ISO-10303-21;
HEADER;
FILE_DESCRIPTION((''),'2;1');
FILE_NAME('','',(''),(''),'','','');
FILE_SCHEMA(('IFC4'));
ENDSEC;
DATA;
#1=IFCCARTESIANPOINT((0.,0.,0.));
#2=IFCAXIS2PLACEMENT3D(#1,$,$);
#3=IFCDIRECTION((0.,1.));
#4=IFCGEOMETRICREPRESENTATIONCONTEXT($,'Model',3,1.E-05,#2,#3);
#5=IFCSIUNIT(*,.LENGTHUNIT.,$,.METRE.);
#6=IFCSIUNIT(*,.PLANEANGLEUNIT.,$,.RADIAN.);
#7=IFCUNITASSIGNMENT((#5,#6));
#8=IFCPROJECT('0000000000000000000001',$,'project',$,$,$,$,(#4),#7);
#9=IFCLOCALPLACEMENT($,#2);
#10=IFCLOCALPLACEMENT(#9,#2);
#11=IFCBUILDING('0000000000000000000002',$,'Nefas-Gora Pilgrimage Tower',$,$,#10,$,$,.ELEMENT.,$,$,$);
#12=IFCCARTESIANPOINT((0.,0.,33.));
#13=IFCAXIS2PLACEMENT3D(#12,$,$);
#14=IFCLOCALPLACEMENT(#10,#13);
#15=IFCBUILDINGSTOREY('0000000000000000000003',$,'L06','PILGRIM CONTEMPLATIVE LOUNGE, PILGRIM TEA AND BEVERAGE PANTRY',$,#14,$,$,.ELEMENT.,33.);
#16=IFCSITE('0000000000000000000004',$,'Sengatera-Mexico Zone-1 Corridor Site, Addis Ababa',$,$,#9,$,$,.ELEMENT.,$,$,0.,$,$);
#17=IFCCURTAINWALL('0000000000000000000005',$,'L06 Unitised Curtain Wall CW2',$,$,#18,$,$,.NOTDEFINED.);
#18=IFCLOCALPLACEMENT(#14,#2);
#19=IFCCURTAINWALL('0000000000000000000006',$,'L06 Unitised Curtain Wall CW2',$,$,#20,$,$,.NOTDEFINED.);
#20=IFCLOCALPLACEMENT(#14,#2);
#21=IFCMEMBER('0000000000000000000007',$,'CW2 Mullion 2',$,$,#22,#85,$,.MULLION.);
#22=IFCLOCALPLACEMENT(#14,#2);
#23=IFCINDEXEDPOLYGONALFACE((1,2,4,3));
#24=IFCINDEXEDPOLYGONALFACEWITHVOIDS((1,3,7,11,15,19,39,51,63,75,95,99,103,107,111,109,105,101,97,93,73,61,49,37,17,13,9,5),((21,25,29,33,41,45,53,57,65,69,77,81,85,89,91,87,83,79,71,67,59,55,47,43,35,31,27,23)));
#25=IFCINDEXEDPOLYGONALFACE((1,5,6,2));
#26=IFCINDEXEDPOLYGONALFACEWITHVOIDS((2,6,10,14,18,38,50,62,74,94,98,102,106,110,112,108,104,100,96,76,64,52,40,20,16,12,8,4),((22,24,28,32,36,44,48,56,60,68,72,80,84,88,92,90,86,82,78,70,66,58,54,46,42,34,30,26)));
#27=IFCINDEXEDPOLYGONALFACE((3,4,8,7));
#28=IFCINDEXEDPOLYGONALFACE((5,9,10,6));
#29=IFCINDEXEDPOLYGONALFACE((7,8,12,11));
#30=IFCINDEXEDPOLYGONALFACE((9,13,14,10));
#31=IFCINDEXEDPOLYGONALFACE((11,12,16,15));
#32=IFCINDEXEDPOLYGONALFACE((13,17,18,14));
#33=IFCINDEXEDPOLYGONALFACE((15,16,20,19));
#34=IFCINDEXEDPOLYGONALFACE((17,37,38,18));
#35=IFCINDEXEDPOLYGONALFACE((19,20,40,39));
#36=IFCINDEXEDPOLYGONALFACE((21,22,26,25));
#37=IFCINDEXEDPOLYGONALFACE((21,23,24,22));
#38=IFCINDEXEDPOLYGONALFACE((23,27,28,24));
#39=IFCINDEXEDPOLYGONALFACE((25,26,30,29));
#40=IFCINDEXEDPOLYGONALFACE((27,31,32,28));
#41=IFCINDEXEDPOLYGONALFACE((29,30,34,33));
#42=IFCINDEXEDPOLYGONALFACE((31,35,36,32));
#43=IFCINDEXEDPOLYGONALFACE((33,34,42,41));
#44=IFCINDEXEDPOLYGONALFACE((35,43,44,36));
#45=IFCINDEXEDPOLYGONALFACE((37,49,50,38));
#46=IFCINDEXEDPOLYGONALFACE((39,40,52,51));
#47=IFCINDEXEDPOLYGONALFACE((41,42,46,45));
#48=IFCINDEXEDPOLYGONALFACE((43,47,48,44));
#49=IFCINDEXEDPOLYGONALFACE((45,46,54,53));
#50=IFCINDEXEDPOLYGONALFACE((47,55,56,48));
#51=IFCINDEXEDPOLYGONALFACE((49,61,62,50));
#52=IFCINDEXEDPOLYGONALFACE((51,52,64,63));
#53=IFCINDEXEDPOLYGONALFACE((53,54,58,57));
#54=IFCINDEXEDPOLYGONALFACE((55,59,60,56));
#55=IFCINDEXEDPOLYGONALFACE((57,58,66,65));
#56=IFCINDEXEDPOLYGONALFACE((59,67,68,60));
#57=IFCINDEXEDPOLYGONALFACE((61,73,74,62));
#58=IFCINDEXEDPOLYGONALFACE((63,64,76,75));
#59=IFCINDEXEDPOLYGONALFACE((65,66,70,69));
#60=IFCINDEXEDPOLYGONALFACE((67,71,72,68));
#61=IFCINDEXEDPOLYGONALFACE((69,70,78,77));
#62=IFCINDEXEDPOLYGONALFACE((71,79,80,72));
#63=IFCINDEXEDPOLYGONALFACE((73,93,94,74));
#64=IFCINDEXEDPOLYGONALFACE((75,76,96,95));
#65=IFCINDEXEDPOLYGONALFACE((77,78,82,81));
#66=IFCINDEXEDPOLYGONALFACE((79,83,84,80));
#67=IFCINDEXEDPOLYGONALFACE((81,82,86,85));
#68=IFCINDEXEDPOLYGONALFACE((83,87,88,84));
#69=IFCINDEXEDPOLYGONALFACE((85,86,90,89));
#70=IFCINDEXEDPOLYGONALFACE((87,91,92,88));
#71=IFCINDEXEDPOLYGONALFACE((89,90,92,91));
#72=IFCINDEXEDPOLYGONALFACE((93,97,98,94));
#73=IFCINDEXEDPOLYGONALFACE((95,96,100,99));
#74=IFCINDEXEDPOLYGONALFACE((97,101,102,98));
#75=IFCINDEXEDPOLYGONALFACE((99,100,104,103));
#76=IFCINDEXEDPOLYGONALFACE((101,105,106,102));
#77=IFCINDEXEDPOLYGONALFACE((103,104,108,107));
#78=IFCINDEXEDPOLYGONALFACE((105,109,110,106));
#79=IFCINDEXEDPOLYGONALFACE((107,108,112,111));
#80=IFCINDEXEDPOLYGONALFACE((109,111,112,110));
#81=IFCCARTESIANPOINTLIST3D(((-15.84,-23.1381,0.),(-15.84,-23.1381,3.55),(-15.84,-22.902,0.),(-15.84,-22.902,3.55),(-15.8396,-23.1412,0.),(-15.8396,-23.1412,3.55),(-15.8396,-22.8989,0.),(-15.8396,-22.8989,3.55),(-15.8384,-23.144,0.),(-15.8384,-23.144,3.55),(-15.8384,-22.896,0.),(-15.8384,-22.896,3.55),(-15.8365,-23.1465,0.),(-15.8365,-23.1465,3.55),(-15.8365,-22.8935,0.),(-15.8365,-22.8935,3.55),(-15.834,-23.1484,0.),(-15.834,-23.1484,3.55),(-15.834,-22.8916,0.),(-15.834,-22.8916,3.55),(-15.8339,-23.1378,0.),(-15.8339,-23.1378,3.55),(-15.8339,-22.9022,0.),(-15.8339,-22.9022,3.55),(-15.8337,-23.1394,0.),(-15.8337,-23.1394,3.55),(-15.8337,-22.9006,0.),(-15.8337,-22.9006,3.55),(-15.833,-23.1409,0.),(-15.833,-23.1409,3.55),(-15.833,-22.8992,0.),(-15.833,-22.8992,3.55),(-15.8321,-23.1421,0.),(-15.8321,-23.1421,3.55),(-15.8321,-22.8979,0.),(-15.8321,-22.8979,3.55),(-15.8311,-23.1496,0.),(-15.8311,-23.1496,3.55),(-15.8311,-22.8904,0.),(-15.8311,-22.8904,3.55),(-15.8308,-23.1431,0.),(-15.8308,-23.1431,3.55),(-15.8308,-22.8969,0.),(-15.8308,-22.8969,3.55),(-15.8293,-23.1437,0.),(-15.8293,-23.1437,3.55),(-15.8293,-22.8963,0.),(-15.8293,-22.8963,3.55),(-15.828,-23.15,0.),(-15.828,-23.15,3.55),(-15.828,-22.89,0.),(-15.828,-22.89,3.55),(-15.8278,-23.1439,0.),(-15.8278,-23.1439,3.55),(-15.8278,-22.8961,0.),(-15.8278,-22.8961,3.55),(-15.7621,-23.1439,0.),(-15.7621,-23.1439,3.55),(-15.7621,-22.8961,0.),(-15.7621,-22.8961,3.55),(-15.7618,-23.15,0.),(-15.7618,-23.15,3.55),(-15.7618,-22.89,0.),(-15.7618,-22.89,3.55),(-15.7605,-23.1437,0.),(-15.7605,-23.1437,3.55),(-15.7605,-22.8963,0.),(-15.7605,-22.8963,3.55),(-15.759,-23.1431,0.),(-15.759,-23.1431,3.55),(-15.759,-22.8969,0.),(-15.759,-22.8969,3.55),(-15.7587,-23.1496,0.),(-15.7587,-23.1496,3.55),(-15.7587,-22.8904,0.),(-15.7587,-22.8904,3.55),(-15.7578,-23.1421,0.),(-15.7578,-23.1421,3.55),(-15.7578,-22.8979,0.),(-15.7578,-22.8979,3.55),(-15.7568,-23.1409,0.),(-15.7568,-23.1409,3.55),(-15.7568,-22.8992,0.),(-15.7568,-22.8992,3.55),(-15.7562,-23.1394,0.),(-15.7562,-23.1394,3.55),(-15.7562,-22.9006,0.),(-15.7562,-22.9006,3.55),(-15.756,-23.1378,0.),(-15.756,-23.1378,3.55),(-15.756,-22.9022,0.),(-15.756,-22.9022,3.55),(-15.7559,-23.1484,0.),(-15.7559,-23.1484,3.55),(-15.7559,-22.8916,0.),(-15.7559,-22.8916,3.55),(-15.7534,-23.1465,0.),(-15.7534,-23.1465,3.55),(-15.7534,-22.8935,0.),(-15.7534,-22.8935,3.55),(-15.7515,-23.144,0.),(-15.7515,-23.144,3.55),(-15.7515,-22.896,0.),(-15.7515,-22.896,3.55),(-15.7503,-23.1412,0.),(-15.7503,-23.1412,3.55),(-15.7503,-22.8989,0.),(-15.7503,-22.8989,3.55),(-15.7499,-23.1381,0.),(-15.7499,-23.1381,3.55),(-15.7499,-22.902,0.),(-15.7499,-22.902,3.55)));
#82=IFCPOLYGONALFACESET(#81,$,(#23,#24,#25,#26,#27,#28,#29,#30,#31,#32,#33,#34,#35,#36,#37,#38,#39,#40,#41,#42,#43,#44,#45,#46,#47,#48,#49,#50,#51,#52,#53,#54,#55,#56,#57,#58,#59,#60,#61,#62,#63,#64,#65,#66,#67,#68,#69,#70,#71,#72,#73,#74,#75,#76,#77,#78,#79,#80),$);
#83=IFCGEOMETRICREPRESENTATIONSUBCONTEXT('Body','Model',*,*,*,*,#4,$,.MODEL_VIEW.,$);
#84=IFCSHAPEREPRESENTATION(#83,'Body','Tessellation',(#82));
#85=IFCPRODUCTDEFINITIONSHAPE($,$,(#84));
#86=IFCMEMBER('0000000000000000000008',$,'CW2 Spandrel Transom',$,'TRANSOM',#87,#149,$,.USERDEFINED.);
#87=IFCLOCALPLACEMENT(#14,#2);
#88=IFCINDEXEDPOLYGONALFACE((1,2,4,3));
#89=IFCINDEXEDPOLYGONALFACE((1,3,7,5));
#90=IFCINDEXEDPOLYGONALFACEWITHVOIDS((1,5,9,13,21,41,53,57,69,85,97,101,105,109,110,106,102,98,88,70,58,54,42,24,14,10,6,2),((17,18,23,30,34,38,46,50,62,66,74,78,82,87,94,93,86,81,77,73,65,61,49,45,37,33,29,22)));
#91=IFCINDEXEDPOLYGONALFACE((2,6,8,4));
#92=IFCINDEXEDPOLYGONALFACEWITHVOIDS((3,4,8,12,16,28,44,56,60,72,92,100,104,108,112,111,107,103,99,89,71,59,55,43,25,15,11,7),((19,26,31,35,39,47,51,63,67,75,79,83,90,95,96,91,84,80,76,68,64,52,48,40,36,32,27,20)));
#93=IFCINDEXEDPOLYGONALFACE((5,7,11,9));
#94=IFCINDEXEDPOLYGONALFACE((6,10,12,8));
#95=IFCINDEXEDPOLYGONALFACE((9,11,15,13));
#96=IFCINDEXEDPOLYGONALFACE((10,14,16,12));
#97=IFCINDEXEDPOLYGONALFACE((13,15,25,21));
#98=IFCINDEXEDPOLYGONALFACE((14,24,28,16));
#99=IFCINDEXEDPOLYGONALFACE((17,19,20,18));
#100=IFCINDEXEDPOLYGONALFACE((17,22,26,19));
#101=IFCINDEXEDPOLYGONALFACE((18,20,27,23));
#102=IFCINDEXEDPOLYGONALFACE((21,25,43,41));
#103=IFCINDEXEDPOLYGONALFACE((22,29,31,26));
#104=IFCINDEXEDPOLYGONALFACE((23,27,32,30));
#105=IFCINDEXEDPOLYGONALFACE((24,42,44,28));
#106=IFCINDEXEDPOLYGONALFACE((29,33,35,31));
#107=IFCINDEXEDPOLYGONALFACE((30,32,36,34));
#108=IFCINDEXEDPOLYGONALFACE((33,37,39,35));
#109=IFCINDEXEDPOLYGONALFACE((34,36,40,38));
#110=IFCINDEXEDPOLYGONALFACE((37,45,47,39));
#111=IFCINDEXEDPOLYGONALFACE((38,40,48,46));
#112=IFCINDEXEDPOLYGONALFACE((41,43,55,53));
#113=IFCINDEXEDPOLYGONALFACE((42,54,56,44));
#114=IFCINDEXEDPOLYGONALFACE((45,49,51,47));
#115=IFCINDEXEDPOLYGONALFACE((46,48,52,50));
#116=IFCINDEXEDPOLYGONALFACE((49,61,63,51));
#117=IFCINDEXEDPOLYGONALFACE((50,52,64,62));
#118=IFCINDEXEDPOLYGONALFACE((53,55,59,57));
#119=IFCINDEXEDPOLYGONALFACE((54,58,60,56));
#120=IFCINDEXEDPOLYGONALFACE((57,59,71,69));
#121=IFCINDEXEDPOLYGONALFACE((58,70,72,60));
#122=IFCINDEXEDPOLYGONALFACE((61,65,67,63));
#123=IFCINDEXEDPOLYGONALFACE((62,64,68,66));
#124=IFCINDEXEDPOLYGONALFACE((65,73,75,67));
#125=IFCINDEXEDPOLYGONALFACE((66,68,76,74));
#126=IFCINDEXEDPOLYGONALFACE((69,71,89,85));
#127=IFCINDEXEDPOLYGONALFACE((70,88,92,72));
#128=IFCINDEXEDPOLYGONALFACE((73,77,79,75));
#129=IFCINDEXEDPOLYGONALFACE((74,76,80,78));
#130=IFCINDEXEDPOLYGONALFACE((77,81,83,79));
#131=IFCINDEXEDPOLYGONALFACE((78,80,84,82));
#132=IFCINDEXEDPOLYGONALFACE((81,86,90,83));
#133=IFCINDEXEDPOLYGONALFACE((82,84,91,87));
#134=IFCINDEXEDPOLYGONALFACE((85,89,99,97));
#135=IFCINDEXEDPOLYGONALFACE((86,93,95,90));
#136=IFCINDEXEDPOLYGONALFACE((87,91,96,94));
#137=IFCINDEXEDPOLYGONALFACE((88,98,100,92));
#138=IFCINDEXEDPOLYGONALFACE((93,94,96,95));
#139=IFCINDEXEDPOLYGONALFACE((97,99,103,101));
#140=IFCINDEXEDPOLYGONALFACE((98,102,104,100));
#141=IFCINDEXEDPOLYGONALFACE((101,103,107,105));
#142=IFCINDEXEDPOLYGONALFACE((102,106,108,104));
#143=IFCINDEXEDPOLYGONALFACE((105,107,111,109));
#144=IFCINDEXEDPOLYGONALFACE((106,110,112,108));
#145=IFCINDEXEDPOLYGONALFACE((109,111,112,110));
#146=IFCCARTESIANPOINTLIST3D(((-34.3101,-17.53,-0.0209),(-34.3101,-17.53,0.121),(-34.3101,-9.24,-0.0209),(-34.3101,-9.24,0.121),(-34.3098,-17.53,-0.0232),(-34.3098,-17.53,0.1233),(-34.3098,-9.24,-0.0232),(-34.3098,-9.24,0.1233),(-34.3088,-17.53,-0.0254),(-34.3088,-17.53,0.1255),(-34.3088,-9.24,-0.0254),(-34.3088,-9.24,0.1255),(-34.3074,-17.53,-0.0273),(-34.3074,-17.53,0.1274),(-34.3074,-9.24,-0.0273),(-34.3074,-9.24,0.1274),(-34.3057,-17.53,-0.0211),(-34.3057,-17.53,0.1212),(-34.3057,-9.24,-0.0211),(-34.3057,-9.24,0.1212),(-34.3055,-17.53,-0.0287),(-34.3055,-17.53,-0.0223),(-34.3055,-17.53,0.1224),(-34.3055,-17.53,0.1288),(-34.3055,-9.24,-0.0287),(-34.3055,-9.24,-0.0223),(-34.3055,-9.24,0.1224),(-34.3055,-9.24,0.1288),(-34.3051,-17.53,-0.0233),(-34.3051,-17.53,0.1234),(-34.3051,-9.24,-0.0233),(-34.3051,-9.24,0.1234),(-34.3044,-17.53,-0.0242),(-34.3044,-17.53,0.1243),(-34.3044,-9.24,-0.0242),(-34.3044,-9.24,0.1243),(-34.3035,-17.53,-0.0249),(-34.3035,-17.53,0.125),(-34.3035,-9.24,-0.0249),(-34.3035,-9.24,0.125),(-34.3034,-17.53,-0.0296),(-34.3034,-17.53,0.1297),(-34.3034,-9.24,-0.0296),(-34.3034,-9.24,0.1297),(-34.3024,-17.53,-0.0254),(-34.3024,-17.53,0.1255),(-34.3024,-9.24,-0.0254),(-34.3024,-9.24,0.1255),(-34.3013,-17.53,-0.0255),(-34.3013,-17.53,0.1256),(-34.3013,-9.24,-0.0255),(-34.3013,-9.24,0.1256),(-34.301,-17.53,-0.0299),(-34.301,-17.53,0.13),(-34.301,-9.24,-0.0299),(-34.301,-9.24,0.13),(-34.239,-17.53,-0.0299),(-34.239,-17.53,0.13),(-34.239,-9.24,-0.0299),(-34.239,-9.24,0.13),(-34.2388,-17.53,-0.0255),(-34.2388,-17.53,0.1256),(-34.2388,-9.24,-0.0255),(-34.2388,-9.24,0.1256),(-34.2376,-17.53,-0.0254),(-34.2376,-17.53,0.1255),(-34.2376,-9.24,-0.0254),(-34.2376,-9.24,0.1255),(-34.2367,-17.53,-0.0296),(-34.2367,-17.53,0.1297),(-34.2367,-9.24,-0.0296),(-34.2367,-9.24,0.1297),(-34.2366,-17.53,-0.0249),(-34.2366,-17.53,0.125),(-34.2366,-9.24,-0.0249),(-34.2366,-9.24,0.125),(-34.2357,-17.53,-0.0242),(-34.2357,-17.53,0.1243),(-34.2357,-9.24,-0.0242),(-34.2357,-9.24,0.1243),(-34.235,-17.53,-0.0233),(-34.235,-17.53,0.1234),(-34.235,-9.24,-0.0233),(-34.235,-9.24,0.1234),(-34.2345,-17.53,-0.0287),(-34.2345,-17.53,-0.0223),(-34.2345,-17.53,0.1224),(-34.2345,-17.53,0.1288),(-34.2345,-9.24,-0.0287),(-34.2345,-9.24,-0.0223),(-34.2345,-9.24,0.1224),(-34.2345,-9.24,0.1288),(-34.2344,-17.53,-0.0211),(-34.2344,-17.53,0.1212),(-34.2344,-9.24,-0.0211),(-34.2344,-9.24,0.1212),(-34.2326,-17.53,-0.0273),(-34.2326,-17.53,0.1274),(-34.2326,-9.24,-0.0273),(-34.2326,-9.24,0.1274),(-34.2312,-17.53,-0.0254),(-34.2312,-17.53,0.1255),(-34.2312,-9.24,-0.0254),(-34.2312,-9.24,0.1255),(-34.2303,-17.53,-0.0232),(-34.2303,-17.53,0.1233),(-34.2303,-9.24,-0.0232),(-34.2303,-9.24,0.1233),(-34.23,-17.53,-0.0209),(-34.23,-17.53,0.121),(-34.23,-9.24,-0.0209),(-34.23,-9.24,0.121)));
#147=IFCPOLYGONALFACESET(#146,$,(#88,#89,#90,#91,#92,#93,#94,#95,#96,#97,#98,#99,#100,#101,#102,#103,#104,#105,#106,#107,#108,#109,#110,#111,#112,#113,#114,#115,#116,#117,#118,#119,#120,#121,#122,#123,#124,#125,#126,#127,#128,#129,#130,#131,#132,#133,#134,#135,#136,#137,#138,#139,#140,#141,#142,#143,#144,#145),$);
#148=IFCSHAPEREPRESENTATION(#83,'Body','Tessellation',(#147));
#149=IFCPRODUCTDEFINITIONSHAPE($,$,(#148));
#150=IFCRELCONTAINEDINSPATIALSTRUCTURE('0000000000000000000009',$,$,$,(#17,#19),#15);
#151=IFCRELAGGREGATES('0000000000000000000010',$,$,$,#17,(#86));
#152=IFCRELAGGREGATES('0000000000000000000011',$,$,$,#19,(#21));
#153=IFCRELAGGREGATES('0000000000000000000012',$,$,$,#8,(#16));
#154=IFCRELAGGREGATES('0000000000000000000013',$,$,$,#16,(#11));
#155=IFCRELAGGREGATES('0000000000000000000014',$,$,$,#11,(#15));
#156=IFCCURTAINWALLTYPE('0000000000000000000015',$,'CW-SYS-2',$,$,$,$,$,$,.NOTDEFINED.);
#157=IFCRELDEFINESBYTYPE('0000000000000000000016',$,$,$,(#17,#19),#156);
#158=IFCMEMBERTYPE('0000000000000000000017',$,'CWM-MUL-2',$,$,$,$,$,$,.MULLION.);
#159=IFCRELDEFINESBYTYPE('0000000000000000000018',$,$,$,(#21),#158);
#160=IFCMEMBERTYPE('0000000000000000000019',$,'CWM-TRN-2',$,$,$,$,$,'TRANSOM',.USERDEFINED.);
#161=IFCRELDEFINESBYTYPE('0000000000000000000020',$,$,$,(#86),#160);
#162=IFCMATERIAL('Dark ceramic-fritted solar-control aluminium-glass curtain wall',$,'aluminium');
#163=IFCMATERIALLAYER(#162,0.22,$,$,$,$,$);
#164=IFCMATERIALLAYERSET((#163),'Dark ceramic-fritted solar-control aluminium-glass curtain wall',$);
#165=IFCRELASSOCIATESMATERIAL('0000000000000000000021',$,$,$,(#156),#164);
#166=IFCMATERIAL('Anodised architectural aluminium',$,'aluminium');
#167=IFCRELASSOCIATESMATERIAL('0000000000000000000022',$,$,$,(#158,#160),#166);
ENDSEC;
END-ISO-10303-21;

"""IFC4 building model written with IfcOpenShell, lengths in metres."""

from ifc_helpers import new_model, si_unit, direction, frame, origin, origin_2d, place, context, subcontext, project, spatial, hollow_rectangle, extrude, source, transform, mapped, material, layer, layer_set, material_profile, profile_set, type_object, element, aggregate, save


model = new_model("IFC4")

# Units and contexts
model_context = context("Model", 3, precision=1e-05, world=origin(), true_north=direction((0.0, 1.0)))
body_context = subcontext(model_context, "Body", "Model", "MODEL_VIEW")
ifc_project = project(units=[si_unit("LENGTHUNIT", "METRE"), si_unit("PLANEANGLEUNIT", "RADIAN")], contexts=[model_context])

# Site, building, storey
site_placement = place(None, origin())
site = spatial("IfcSite", under=ifc_project, at=site_placement, Name="Sengatera-Mexico Zone-1 Corridor Site, Addis Ababa", CompositionType="ELEMENT", RefElevation=0.0)
building_placement = place(site_placement, origin())
building = spatial("IfcBuilding", under=site, at=building_placement, Name="Nefas-Gora Pilgrimage Tower", CompositionType="ELEMENT")
storey_placement = place(building_placement, frame((0.0, 0.0, 33.0)))
storey = spatial("IfcBuildingStorey", under=building, at=storey_placement, Name="L06", Description="PILGRIM CONTEMPLATIVE LOUNGE, PILGRIM TEA AND BEVERAGE PANTRY", CompositionType="ELEMENT", Elevation=33.0)

# Shared definitions
ifc_material_1 = material(Name="Dark ceramic-fritted solar-control aluminium-glass curtain wall", Category="aluminium")
ifc_material_2 = material(Name="Anodised architectural aluminium", Category="aluminium")

# Curtain wall
ifc_layer_1 = layer(ifc_material_1, 0.22)
ifc_layer_set_1 = layer_set([ifc_layer_1], Name="Dark ceramic-fritted solar-control aluminium-glass curtain wall")
curtain_wall_type_1 = type_object("IfcCurtainWallType", Name="CW-SYS-2", PredefinedType="NOTDEFINED", material=ifc_layer_set_1)
curtain_wall_1_placement = place(storey_placement, origin())
curtain_wall_1 = element("IfcCurtainWall", 1, at=curtain_wall_1_placement, inside=storey, type_object=curtain_wall_type_1, Name="L06 Unitised Curtain Wall CW2", PredefinedType="NOTDEFINED")
ifc_material_profile_1 = material_profile(ifc_material_2, hollow_rectangle(XDim=0.0901, YDim=0.26, WallThickness=0.0061, InnerFilletRadius=0.0061, OuterFilletRadius=0.012, at=origin_2d()), Name="ALU MULLION 90x260")
ifc_profile_set_1 = profile_set([ifc_material_profile_1], Name="Anodised architectural aluminium")
member_type_1 = type_object("IfcMemberType", Name="CWM-MUL-2", PredefinedType="MULLION", material=ifc_profile_set_1)
shared_shape_1 = source(origin(), body_context, "Body", "SweptSolid", [
    extrude(hollow_rectangle(XDim=0.0901, YDim=0.26, WallThickness=0.0061, InnerFilletRadius=0.0061, OuterFilletRadius=0.012, at=origin_2d()), origin(), (0.0, 0.0, 1.0), 3.55),
])

# Curtain wall, member
curtain_wall_2_placement = place(storey_placement, origin())
curtain_wall_2 = element("IfcCurtainWall", 2, at=curtain_wall_2_placement, inside=storey, type_object=curtain_wall_type_1, Name="L06 Unitised Curtain Wall CW2", PredefinedType="NOTDEFINED")
member_1_placement = place(storey_placement, frame((-15.7949, -23.02, 0.0), z_axis=(0.0, 0.0, 1.0), x_axis=(1.0, 0.0, 0.0)))
member_1 = element("IfcMember", 3, at=member_1_placement, type_object=member_type_1, Name="CW2 Mullion 2", PredefinedType="MULLION", context=body_context, shape_type="MappedRepresentation", body=[
    mapped(shared_shape_1, transform((0.0, 0.0, 0.0), x_axis=(1.0, 0.0, 0.0), y_axis=(0.0, 1.0, 0.0), z_axis=(0.0, 0.0, 1.0), scale=1.0)),
])

# Member
ifc_material_profile_2 = material_profile(ifc_material_2, hollow_rectangle(XDim=0.0801, YDim=0.1599, WallThickness=0.0044, InnerFilletRadius=0.0044, OuterFilletRadius=0.009, at=origin_2d()), Name="ALU TRANSOM 80x160")
ifc_profile_set_2 = profile_set([ifc_material_profile_2], Name="Anodised architectural aluminium")
member_type_2 = type_object("IfcMemberType", Name="CWM-TRN-2", ElementType="TRANSOM", PredefinedType="USERDEFINED", material=ifc_profile_set_2)
shared_shape_2 = source(origin(), body_context, "Body", "SweptSolid", [
    extrude(hollow_rectangle(XDim=0.0801, YDim=0.1599, WallThickness=0.0044, InnerFilletRadius=0.0044, OuterFilletRadius=0.009, at=origin_2d()), origin(), (0.0, 0.0, 1.0), 8.29),
])
member_2_placement = place(storey_placement, frame((-34.27, -9.24, 0.05), z_axis=(0.0, -1.0, 0.0), x_axis=(1.0, 0.0, 0.0)))
member_2 = element("IfcMember", 4, at=member_2_placement, type_object=member_type_2, Name="CW2 Spandrel Transom", ObjectType="TRANSOM", PredefinedType="USERDEFINED", context=body_context, shape_type="MappedRepresentation", body=[
    mapped(shared_shape_2, transform((0.0, 0.0, 0.0), x_axis=(1.0, 0.0, 0.0), y_axis=(0.0, 1.0, 0.0), z_axis=(0.0, 0.0, 1.0), scale=1.0)),
])

aggregate(curtain_wall_1, [member_2])
aggregate(curtain_wall_2, [member_1])

save(model, "model.ifc")
